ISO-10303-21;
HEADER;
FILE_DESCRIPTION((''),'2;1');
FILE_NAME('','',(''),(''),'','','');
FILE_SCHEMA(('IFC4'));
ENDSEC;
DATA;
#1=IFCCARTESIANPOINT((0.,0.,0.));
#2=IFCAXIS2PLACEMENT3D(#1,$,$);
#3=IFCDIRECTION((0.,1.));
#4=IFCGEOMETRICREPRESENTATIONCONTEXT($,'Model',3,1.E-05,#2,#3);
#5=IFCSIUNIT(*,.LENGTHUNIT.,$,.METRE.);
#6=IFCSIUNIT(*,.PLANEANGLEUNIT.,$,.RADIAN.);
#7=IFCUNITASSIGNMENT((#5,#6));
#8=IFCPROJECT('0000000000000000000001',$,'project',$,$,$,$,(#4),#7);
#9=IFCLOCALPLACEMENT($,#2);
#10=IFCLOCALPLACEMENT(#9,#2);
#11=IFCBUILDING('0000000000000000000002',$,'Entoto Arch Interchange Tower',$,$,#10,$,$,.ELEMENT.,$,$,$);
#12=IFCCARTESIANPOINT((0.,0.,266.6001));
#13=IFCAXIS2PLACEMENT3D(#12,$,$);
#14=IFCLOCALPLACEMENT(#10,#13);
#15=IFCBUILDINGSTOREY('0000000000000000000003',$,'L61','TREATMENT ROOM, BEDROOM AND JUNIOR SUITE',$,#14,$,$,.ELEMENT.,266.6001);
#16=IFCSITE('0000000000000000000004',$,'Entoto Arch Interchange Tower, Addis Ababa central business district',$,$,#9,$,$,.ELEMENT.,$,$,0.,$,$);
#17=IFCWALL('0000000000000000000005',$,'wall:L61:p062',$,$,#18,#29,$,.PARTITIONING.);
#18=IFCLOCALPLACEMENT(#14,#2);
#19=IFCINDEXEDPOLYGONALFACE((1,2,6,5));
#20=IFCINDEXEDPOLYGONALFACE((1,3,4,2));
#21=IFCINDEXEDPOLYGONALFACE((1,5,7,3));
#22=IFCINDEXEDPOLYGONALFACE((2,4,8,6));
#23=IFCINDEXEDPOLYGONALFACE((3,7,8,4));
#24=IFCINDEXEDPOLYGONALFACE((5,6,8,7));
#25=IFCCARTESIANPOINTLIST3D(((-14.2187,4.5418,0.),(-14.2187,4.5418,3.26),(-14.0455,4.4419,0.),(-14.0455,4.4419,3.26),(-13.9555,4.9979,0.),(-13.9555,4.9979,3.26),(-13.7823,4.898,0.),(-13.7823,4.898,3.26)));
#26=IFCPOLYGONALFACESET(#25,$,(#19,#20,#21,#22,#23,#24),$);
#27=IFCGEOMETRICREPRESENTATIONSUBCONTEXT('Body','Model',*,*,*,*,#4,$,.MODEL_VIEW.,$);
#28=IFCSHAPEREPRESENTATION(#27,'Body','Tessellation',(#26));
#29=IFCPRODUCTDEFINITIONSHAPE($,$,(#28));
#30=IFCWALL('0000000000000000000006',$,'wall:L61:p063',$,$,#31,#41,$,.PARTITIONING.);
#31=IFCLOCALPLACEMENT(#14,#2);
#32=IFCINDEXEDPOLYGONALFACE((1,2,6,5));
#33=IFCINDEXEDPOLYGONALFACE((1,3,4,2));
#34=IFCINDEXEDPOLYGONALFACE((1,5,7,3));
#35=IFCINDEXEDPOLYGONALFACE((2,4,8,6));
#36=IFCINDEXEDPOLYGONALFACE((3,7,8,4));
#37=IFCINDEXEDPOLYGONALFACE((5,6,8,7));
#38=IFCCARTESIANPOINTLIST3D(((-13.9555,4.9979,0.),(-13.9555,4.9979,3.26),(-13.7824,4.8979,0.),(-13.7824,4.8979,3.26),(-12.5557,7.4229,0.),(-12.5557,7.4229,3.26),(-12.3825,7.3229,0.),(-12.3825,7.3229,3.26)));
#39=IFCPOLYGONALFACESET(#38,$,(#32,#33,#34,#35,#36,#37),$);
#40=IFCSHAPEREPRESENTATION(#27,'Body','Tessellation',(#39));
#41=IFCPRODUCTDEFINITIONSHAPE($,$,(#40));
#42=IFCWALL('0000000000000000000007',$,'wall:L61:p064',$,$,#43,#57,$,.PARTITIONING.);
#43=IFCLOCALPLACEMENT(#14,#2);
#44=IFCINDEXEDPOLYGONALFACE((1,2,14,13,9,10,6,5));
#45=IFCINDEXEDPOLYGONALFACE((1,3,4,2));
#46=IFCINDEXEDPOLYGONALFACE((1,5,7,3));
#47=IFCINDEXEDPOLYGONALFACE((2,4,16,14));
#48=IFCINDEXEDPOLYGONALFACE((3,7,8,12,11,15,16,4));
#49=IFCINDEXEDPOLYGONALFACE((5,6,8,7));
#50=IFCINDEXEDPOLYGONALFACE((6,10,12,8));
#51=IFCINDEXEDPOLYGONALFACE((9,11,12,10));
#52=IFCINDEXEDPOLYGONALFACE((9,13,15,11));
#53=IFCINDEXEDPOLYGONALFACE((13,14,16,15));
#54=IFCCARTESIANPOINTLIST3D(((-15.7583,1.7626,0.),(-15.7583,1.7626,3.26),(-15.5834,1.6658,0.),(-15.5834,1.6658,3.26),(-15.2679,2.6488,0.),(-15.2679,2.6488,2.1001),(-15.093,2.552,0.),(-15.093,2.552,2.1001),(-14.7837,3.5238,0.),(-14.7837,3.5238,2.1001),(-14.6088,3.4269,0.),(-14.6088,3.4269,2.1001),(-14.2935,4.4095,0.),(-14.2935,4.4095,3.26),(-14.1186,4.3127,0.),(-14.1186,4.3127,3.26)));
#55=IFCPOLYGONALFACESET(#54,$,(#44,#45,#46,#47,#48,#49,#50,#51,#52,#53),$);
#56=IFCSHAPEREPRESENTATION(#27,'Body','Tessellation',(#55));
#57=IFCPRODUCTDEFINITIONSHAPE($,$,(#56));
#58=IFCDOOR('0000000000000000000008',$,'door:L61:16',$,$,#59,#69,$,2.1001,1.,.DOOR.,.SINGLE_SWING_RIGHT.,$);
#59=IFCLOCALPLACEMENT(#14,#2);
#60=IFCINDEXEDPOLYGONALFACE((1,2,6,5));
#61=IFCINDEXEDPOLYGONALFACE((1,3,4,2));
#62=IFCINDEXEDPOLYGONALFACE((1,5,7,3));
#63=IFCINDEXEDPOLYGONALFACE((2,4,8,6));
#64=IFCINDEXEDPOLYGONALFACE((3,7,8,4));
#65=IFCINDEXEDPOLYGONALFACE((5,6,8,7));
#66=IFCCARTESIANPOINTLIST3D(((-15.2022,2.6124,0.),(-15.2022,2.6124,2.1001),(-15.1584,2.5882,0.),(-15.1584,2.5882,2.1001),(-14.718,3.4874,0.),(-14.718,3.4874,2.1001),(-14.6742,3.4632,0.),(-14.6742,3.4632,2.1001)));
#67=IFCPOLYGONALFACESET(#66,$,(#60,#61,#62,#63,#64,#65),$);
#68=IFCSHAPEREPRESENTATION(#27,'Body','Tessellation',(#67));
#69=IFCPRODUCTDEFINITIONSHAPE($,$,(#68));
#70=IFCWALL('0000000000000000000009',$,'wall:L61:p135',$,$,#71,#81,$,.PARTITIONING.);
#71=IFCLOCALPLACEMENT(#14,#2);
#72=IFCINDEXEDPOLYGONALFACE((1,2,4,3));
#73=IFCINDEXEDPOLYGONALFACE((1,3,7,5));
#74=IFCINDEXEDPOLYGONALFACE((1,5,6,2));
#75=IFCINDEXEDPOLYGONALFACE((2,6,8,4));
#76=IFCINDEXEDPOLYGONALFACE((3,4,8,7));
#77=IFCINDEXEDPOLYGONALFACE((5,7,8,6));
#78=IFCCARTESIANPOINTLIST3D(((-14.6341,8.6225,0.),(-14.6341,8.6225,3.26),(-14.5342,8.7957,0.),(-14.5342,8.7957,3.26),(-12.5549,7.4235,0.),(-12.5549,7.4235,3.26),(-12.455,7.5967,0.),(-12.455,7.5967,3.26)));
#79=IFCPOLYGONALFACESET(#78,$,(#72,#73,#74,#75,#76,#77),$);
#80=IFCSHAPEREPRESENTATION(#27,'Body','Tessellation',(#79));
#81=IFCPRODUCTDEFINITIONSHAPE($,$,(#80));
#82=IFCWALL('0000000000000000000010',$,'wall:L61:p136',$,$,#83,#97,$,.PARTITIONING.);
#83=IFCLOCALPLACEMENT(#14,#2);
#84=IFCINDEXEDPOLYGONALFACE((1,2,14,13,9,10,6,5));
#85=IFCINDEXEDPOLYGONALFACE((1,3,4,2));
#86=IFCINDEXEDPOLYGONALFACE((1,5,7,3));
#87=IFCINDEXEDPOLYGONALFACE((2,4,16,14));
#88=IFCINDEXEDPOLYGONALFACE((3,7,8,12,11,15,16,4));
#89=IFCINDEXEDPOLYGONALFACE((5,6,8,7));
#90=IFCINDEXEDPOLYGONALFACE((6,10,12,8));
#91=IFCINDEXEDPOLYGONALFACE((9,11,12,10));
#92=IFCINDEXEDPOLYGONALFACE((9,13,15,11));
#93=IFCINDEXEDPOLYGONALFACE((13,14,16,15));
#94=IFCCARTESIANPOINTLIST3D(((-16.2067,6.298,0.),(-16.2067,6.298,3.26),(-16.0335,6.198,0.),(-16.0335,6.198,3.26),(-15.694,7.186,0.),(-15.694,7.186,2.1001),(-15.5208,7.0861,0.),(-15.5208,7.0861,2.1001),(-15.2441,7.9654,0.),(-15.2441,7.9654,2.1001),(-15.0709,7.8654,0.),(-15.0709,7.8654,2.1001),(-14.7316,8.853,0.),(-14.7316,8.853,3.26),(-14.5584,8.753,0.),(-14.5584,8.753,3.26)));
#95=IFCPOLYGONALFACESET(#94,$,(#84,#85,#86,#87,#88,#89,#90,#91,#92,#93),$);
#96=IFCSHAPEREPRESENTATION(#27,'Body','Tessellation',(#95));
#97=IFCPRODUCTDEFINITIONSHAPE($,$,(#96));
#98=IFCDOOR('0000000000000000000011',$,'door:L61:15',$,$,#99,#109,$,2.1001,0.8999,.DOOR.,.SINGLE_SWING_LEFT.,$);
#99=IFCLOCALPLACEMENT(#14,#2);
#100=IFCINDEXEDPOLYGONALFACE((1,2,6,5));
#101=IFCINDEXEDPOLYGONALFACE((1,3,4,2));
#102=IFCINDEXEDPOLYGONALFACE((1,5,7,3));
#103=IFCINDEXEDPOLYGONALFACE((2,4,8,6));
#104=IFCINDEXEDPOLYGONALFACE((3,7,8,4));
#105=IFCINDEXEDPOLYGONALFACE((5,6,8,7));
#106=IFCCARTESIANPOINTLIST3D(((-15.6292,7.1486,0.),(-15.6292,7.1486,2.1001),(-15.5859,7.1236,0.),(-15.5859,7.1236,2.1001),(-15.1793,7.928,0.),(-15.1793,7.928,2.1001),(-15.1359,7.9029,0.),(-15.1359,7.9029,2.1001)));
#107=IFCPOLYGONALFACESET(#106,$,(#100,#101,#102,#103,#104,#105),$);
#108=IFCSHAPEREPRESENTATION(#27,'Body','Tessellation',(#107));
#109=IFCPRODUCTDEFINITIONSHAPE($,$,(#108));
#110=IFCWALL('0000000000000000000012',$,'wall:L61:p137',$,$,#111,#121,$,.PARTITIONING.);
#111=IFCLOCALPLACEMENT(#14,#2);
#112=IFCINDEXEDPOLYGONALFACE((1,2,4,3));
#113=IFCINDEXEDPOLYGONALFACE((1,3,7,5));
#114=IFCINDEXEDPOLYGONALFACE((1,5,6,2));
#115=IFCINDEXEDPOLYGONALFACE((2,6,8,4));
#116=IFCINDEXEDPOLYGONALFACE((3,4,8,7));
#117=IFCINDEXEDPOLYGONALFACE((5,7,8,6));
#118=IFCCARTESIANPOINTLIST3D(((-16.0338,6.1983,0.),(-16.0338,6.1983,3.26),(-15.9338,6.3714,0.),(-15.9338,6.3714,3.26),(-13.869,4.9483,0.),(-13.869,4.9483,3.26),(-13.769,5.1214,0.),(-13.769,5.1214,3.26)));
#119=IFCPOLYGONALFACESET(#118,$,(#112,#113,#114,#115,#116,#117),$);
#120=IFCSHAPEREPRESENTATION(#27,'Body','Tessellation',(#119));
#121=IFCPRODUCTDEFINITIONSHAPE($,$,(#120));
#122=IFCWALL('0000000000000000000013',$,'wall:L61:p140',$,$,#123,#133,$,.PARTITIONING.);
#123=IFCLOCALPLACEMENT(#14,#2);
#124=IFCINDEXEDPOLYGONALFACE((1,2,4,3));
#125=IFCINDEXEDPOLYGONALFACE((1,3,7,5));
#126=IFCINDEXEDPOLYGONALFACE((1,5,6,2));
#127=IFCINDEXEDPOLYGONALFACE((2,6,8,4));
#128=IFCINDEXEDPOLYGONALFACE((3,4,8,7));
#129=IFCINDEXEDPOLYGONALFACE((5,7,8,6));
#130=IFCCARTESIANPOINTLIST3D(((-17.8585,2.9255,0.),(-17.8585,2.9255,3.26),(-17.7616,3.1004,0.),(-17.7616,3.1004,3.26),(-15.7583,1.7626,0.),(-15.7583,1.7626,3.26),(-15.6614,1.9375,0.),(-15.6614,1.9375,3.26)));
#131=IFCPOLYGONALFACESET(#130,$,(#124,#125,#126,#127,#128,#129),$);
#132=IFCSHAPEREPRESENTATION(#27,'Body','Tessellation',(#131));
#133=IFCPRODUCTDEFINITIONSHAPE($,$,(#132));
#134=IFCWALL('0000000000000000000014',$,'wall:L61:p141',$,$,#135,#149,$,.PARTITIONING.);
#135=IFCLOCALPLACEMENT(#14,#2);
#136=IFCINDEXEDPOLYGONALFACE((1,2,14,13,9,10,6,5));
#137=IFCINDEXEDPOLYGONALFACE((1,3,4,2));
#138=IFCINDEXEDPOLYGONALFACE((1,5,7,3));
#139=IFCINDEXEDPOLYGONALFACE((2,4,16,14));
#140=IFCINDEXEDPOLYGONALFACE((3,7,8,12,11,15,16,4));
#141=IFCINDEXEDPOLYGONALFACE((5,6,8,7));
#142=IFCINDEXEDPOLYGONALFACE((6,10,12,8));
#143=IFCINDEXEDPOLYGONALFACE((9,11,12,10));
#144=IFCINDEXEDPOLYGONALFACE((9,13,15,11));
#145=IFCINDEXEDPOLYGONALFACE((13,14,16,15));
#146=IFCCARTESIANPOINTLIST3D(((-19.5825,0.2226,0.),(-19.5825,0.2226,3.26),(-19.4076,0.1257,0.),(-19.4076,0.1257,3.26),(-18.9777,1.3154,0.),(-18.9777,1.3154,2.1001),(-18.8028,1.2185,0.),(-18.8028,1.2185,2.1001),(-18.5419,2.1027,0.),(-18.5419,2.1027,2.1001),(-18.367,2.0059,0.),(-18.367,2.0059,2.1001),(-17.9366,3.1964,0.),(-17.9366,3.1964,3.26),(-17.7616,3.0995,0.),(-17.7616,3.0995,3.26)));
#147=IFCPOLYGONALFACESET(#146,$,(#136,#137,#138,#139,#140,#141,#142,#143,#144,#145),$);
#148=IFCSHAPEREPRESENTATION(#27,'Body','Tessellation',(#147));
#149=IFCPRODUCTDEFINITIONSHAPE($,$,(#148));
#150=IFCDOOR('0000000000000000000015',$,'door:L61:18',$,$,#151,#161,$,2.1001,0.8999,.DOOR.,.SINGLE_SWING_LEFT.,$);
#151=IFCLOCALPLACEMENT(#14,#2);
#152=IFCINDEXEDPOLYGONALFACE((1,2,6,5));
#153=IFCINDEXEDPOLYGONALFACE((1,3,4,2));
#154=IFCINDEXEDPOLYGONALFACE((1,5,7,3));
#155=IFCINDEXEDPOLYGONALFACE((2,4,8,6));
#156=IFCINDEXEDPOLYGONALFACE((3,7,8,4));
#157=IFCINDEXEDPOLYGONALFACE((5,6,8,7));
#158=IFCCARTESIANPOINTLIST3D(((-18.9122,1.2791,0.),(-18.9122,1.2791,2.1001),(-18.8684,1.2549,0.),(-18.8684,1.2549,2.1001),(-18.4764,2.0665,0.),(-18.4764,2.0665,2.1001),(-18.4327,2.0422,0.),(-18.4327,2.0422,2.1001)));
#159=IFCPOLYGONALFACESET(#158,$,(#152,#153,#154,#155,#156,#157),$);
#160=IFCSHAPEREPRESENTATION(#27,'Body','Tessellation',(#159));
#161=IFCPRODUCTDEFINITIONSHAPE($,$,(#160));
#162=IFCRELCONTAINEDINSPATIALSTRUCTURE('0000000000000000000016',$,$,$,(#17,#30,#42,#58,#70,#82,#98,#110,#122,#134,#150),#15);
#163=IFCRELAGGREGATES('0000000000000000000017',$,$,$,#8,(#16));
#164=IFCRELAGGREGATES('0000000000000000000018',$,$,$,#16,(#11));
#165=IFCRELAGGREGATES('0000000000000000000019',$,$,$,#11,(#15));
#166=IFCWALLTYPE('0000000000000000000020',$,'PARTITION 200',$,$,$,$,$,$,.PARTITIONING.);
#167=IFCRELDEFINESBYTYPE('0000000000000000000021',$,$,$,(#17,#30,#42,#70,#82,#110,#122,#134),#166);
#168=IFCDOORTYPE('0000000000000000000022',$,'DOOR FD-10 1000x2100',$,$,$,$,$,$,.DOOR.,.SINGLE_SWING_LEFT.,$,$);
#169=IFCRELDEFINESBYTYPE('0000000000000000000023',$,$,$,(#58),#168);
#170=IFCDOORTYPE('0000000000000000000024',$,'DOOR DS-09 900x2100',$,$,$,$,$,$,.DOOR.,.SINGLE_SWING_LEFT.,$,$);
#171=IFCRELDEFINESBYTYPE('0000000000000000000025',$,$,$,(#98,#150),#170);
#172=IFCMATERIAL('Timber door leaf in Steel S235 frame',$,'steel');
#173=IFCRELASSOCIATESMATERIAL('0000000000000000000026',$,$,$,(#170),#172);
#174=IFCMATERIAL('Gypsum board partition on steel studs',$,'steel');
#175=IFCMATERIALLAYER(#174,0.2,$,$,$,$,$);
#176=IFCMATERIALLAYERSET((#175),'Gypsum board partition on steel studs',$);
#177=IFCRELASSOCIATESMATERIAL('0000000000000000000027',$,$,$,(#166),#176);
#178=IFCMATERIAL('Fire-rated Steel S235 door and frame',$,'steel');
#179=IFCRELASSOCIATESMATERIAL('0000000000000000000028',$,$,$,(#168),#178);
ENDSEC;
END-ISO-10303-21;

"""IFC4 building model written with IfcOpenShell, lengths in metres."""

from ifc_helpers import new_model, si_unit, direction, frame, frame_2d, origin, place, context, subcontext, project, spatial, rectangle, extrude, material, layer, layer_set, type_object, element, fill, save


model = new_model("IFC4")

# Units and contexts
model_context = context("Model", 3, precision=1e-05, world=origin(), true_north=direction((0.0, 1.0)))
body_context = subcontext(model_context, "Body", "Model", "MODEL_VIEW")
ifc_project = project(units=[si_unit("LENGTHUNIT", "METRE"), si_unit("PLANEANGLEUNIT", "RADIAN")], contexts=[model_context])

# Site, building, storey
site_placement = place(None, origin())
site = spatial("IfcSite", under=ifc_project, at=site_placement, Name="Entoto Arch Interchange Tower, Addis Ababa central business district", CompositionType="ELEMENT", RefElevation=0.0)
building_placement = place(site_placement, origin())
building = spatial("IfcBuilding", under=site, at=building_placement, Name="Entoto Arch Interchange Tower", CompositionType="ELEMENT")
storey_placement = place(building_placement, frame((0.0, 0.0, 266.6001)))
storey = spatial("IfcBuildingStorey", under=building, at=storey_placement, Name="L61", Description="TREATMENT ROOM, BEDROOM AND JUNIOR SUITE", CompositionType="ELEMENT", Elevation=266.6001)

# Shared definitions
ifc_material_1 = material(Name="Gypsum board partition on steel studs", Category="steel")
ifc_material_2 = material(Name="Timber door leaf in Steel S235 frame", Category="steel")
door_type_1 = type_object("IfcDoorType", Name="DOOR DS-09 900x2100", OperationType="SINGLE_SWING_LEFT", PredefinedType="DOOR", material=ifc_material_2)

# Shared definitions
ifc_layer_1 = layer(ifc_material_1, 0.2)
ifc_layer_set_1 = layer_set([ifc_layer_1], Name="Gypsum board partition on steel studs")
wall_type_1 = type_object("IfcWallType", Name="PARTITION 200", PredefinedType="PARTITIONING", material=ifc_layer_set_1)

# Walls
wall_1_placement = place(storey_placement, frame((-14.1321, 4.4919, 0.0), z_axis=(0.0, 0.0, 1.0), x_axis=(0.499829, 0.866124, 0.0)))
element("IfcWall", 1, at=wall_1_placement, inside=storey, type_object=wall_type_1, Name="wall:L61:p062", PredefinedType="PARTITIONING", context=body_context, shape_type="SweptSolid", body=[
    extrude(rectangle(XDim=0.5266, YDim=0.2, at=frame_2d((0.2632, 0.0))), origin(), (0.0, 0.0, 1.0), 3.26),
])
wall_2_placement = place(storey_placement, frame((-13.8689, 4.948, 0.0), z_axis=(0.0, 0.0, 1.0), x_axis=(0.499946, 0.866056, 0.0)))
element("IfcWall", 2, at=wall_2_placement, inside=storey, type_object=wall_type_1, Name="wall:L61:p063", PredefinedType="PARTITIONING", context=body_context, shape_type="SweptSolid", body=[
    extrude(rectangle(XDim=2.8, YDim=0.2, at=frame_2d((1.3999, 0.0))), origin(), (0.0, 0.0, 1.0), 3.26),
])

# Wall, opening, door
wall_3_placement = place(storey_placement, frame((-15.6709, 1.7141, 0.0), z_axis=(0.0, 0.0, 1.0), x_axis=(0.484203, 0.874955, 0.0)))
wall_3 = element("IfcWall", 3, at=wall_3_placement, inside=storey, type_object=wall_type_1, Name="wall:L61:p064", PredefinedType="PARTITIONING", context=body_context, shape_type="SweptSolid", body=[
    extrude(rectangle(XDim=3.0251, YDim=0.2, at=frame_2d((1.5127, 0.0))), origin(), (0.0, 0.0, 1.0), 3.26),
])
opening_1_placement = place(wall_3_placement, frame((1.0129, 0.0, 0.0)))
opening_1 = element("IfcOpeningElement", 4, at=opening_1_placement, cuts=wall_3, PredefinedType="OPENING", context=body_context, shape_type="SweptSolid", body=[
    extrude(rectangle(XDim=1.0, YDim=2.1001, at=frame_2d((0.5, 1.05))), frame((0.0, 0.1099, 0.0), z_axis=(0.0, -1.0, 0.0), x_axis=(1.0, 0.0, 0.0)), (0.0, 0.0, 1.0), 0.22),
])
ifc_material_3 = material(Name="Fire-rated Steel S235 door and frame", Category="steel")
door_type_2 = type_object("IfcDoorType", Name="DOOR FD-10 1000x2100", OperationType="SINGLE_SWING_LEFT", PredefinedType="DOOR", material=ifc_material_3)
door_1_placement = place(opening_1_placement, origin())
door_1 = element("IfcDoor", 5, at=door_1_placement, inside=storey, type_object=door_type_2, Name="door:L61:16", OperationType="SINGLE_SWING_RIGHT", OverallHeight=2.1001, OverallWidth=1.0, PredefinedType="DOOR", context=body_context, shape_type="SweptSolid", body=[
    extrude(rectangle(XDim=1.0, YDim=2.1001, at=frame_2d((0.5, 1.05))), frame((0.0, 0.0249, 0.0), z_axis=(0.0, -1.0, 0.0), x_axis=(1.0, 0.0, 0.0)), (0.0, 0.0, 1.0), 0.05),
])
fill(opening_1, door_1)

# Wall
wall_4_placement = place(storey_placement, frame((-12.5049, 7.51, 0.0), z_axis=(0.0, 0.0, 1.0), x_axis=(-0.866277, 0.499564, 0.0)))
element("IfcWall", 6, at=wall_4_placement, inside=storey, type_object=wall_type_1, Name="wall:L61:p135", PredefinedType="PARTITIONING", context=body_context, shape_type="SweptSolid", body=[
    extrude(rectangle(XDim=2.4001, YDim=0.2, at=frame_2d((1.2002, 0.0))), origin(), (0.0, 0.0, 1.0), 3.26),
])

# Wall, opening, door
wall_5_placement = place(storey_placement, frame((-14.645, 8.803, 0.0), z_axis=(0.0, 0.0, 1.0), x_axis=(-0.500002, -0.866024, 0.0)))
wall_5 = element("IfcWall", 7, at=wall_5_placement, inside=storey, type_object=wall_type_1, Name="wall:L61:p136", PredefinedType="PARTITIONING", context=body_context, shape_type="SweptSolid", body=[
    extrude(rectangle(XDim=2.9502, YDim=0.2, at=frame_2d((1.4751, 0.0))), origin(), (0.0, 0.0, 1.0), 3.26),
])
opening_2_placement = place(wall_5_placement, frame((1.0249, 0.0, 0.0)))
opening_2 = element("IfcOpeningElement", 8, at=opening_2_placement, cuts=wall_5, PredefinedType="OPENING", context=body_context, shape_type="SweptSolid", body=[
    extrude(rectangle(XDim=0.8999, YDim=2.1001, at=frame_2d((0.45, 1.05))), frame((0.0, 0.1099, 0.0), z_axis=(0.0, -1.0, 0.0), x_axis=(1.0, 0.0, 0.0)), (0.0, 0.0, 1.0), 0.22),
])
door_2_placement = place(opening_2_placement, origin())
door_2 = element("IfcDoor", 9, at=door_2_placement, inside=storey, type_object=door_type_1, Name="door:L61:15", OperationType="SINGLE_SWING_LEFT", OverallHeight=2.1001, OverallWidth=0.8999, PredefinedType="DOOR", context=body_context, shape_type="SweptSolid", body=[
    extrude(rectangle(XDim=0.8999, YDim=2.1001, at=frame_2d((0.45, 1.05))), frame((0.0, 0.0249, 0.0), z_axis=(0.0, -1.0, 0.0), x_axis=(1.0, 0.0, 0.0)), (0.0, 0.0, 1.0), 0.05),
])
fill(opening_2, door_2)

# Walls
wall_6_placement = place(storey_placement, frame((-15.9839, 6.2849, 0.0), z_axis=(0.0, 0.0, 1.0), x_axis=(0.865999, -0.500047, 0.0)))
element("IfcWall", 10, at=wall_6_placement, inside=storey, type_object=wall_type_1, Name="wall:L61:p137", PredefinedType="PARTITIONING", context=body_context, shape_type="SweptSolid", body=[
    extrude(rectangle(XDim=2.4998, YDim=0.2, at=frame_2d((1.25, 0.0))), origin(), (0.0, 0.0, 1.0), 3.26),
])
wall_7_placement = place(storey_placement, frame((-15.71, 1.8501, 0.0), z_axis=(0.0, 0.0, 1.0), x_axis=(-0.874842, 0.484408, 0.0)))
element("IfcWall", 11, at=wall_7_placement, inside=storey, type_object=wall_type_1, Name="wall:L61:p140", PredefinedType="PARTITIONING", context=body_context, shape_type="SweptSolid", body=[
    extrude(rectangle(XDim=2.4006, YDim=0.2, at=frame_2d((1.2002, 0.0))), origin(), (0.0, 0.0, 1.0), 3.26),
])

# Wall, opening, door
wall_8_placement = place(storey_placement, frame((-17.8491, 3.1479, 0.0), z_axis=(0.0, 0.0, 1.0), x_axis=(-0.484258, -0.874925, 0.0)))
wall_8 = element("IfcWall", 12, at=wall_8_placement, inside=storey, type_object=wall_type_1, Name="wall:L61:p141", PredefinedType="PARTITIONING", context=body_context, shape_type="SweptSolid", body=[
    extrude(rectangle(XDim=3.3989, YDim=0.2, at=frame_2d((1.6995, 0.0))), origin(), (0.0, 0.0, 1.0), 3.26),
])
opening_3_placement = place(wall_8_placement, frame((1.25, 0.0, 0.0)))
opening_3 = element("IfcOpeningElement", 13, at=opening_3_placement, cuts=wall_8, PredefinedType="OPENING", context=body_context, shape_type="SweptSolid", body=[
    extrude(rectangle(XDim=0.8999, YDim=2.1001, at=frame_2d((0.45, 1.05))), frame((0.0, 0.1099, 0.0), z_axis=(0.0, -1.0, 0.0), x_axis=(1.0, 0.0, 0.0)), (0.0, 0.0, 1.0), 0.22),
])
door_3_placement = place(opening_3_placement, origin())
door_3 = element("IfcDoor", 14, at=door_3_placement, inside=storey, type_object=door_type_1, Name="door:L61:18", OperationType="SINGLE_SWING_LEFT", OverallHeight=2.1001, OverallWidth=0.8999, PredefinedType="DOOR", context=body_context, shape_type="SweptSolid", body=[
    extrude(rectangle(XDim=0.8999, YDim=2.1001, at=frame_2d((0.45, 1.05))), frame((0.0, 0.0249, 0.0), z_axis=(0.0, -1.0, 0.0), x_axis=(1.0, 0.0, 0.0)), (0.0, 0.0, 1.0), 0.05),
])
fill(opening_3, door_3)

save(model, "model.ifc")
